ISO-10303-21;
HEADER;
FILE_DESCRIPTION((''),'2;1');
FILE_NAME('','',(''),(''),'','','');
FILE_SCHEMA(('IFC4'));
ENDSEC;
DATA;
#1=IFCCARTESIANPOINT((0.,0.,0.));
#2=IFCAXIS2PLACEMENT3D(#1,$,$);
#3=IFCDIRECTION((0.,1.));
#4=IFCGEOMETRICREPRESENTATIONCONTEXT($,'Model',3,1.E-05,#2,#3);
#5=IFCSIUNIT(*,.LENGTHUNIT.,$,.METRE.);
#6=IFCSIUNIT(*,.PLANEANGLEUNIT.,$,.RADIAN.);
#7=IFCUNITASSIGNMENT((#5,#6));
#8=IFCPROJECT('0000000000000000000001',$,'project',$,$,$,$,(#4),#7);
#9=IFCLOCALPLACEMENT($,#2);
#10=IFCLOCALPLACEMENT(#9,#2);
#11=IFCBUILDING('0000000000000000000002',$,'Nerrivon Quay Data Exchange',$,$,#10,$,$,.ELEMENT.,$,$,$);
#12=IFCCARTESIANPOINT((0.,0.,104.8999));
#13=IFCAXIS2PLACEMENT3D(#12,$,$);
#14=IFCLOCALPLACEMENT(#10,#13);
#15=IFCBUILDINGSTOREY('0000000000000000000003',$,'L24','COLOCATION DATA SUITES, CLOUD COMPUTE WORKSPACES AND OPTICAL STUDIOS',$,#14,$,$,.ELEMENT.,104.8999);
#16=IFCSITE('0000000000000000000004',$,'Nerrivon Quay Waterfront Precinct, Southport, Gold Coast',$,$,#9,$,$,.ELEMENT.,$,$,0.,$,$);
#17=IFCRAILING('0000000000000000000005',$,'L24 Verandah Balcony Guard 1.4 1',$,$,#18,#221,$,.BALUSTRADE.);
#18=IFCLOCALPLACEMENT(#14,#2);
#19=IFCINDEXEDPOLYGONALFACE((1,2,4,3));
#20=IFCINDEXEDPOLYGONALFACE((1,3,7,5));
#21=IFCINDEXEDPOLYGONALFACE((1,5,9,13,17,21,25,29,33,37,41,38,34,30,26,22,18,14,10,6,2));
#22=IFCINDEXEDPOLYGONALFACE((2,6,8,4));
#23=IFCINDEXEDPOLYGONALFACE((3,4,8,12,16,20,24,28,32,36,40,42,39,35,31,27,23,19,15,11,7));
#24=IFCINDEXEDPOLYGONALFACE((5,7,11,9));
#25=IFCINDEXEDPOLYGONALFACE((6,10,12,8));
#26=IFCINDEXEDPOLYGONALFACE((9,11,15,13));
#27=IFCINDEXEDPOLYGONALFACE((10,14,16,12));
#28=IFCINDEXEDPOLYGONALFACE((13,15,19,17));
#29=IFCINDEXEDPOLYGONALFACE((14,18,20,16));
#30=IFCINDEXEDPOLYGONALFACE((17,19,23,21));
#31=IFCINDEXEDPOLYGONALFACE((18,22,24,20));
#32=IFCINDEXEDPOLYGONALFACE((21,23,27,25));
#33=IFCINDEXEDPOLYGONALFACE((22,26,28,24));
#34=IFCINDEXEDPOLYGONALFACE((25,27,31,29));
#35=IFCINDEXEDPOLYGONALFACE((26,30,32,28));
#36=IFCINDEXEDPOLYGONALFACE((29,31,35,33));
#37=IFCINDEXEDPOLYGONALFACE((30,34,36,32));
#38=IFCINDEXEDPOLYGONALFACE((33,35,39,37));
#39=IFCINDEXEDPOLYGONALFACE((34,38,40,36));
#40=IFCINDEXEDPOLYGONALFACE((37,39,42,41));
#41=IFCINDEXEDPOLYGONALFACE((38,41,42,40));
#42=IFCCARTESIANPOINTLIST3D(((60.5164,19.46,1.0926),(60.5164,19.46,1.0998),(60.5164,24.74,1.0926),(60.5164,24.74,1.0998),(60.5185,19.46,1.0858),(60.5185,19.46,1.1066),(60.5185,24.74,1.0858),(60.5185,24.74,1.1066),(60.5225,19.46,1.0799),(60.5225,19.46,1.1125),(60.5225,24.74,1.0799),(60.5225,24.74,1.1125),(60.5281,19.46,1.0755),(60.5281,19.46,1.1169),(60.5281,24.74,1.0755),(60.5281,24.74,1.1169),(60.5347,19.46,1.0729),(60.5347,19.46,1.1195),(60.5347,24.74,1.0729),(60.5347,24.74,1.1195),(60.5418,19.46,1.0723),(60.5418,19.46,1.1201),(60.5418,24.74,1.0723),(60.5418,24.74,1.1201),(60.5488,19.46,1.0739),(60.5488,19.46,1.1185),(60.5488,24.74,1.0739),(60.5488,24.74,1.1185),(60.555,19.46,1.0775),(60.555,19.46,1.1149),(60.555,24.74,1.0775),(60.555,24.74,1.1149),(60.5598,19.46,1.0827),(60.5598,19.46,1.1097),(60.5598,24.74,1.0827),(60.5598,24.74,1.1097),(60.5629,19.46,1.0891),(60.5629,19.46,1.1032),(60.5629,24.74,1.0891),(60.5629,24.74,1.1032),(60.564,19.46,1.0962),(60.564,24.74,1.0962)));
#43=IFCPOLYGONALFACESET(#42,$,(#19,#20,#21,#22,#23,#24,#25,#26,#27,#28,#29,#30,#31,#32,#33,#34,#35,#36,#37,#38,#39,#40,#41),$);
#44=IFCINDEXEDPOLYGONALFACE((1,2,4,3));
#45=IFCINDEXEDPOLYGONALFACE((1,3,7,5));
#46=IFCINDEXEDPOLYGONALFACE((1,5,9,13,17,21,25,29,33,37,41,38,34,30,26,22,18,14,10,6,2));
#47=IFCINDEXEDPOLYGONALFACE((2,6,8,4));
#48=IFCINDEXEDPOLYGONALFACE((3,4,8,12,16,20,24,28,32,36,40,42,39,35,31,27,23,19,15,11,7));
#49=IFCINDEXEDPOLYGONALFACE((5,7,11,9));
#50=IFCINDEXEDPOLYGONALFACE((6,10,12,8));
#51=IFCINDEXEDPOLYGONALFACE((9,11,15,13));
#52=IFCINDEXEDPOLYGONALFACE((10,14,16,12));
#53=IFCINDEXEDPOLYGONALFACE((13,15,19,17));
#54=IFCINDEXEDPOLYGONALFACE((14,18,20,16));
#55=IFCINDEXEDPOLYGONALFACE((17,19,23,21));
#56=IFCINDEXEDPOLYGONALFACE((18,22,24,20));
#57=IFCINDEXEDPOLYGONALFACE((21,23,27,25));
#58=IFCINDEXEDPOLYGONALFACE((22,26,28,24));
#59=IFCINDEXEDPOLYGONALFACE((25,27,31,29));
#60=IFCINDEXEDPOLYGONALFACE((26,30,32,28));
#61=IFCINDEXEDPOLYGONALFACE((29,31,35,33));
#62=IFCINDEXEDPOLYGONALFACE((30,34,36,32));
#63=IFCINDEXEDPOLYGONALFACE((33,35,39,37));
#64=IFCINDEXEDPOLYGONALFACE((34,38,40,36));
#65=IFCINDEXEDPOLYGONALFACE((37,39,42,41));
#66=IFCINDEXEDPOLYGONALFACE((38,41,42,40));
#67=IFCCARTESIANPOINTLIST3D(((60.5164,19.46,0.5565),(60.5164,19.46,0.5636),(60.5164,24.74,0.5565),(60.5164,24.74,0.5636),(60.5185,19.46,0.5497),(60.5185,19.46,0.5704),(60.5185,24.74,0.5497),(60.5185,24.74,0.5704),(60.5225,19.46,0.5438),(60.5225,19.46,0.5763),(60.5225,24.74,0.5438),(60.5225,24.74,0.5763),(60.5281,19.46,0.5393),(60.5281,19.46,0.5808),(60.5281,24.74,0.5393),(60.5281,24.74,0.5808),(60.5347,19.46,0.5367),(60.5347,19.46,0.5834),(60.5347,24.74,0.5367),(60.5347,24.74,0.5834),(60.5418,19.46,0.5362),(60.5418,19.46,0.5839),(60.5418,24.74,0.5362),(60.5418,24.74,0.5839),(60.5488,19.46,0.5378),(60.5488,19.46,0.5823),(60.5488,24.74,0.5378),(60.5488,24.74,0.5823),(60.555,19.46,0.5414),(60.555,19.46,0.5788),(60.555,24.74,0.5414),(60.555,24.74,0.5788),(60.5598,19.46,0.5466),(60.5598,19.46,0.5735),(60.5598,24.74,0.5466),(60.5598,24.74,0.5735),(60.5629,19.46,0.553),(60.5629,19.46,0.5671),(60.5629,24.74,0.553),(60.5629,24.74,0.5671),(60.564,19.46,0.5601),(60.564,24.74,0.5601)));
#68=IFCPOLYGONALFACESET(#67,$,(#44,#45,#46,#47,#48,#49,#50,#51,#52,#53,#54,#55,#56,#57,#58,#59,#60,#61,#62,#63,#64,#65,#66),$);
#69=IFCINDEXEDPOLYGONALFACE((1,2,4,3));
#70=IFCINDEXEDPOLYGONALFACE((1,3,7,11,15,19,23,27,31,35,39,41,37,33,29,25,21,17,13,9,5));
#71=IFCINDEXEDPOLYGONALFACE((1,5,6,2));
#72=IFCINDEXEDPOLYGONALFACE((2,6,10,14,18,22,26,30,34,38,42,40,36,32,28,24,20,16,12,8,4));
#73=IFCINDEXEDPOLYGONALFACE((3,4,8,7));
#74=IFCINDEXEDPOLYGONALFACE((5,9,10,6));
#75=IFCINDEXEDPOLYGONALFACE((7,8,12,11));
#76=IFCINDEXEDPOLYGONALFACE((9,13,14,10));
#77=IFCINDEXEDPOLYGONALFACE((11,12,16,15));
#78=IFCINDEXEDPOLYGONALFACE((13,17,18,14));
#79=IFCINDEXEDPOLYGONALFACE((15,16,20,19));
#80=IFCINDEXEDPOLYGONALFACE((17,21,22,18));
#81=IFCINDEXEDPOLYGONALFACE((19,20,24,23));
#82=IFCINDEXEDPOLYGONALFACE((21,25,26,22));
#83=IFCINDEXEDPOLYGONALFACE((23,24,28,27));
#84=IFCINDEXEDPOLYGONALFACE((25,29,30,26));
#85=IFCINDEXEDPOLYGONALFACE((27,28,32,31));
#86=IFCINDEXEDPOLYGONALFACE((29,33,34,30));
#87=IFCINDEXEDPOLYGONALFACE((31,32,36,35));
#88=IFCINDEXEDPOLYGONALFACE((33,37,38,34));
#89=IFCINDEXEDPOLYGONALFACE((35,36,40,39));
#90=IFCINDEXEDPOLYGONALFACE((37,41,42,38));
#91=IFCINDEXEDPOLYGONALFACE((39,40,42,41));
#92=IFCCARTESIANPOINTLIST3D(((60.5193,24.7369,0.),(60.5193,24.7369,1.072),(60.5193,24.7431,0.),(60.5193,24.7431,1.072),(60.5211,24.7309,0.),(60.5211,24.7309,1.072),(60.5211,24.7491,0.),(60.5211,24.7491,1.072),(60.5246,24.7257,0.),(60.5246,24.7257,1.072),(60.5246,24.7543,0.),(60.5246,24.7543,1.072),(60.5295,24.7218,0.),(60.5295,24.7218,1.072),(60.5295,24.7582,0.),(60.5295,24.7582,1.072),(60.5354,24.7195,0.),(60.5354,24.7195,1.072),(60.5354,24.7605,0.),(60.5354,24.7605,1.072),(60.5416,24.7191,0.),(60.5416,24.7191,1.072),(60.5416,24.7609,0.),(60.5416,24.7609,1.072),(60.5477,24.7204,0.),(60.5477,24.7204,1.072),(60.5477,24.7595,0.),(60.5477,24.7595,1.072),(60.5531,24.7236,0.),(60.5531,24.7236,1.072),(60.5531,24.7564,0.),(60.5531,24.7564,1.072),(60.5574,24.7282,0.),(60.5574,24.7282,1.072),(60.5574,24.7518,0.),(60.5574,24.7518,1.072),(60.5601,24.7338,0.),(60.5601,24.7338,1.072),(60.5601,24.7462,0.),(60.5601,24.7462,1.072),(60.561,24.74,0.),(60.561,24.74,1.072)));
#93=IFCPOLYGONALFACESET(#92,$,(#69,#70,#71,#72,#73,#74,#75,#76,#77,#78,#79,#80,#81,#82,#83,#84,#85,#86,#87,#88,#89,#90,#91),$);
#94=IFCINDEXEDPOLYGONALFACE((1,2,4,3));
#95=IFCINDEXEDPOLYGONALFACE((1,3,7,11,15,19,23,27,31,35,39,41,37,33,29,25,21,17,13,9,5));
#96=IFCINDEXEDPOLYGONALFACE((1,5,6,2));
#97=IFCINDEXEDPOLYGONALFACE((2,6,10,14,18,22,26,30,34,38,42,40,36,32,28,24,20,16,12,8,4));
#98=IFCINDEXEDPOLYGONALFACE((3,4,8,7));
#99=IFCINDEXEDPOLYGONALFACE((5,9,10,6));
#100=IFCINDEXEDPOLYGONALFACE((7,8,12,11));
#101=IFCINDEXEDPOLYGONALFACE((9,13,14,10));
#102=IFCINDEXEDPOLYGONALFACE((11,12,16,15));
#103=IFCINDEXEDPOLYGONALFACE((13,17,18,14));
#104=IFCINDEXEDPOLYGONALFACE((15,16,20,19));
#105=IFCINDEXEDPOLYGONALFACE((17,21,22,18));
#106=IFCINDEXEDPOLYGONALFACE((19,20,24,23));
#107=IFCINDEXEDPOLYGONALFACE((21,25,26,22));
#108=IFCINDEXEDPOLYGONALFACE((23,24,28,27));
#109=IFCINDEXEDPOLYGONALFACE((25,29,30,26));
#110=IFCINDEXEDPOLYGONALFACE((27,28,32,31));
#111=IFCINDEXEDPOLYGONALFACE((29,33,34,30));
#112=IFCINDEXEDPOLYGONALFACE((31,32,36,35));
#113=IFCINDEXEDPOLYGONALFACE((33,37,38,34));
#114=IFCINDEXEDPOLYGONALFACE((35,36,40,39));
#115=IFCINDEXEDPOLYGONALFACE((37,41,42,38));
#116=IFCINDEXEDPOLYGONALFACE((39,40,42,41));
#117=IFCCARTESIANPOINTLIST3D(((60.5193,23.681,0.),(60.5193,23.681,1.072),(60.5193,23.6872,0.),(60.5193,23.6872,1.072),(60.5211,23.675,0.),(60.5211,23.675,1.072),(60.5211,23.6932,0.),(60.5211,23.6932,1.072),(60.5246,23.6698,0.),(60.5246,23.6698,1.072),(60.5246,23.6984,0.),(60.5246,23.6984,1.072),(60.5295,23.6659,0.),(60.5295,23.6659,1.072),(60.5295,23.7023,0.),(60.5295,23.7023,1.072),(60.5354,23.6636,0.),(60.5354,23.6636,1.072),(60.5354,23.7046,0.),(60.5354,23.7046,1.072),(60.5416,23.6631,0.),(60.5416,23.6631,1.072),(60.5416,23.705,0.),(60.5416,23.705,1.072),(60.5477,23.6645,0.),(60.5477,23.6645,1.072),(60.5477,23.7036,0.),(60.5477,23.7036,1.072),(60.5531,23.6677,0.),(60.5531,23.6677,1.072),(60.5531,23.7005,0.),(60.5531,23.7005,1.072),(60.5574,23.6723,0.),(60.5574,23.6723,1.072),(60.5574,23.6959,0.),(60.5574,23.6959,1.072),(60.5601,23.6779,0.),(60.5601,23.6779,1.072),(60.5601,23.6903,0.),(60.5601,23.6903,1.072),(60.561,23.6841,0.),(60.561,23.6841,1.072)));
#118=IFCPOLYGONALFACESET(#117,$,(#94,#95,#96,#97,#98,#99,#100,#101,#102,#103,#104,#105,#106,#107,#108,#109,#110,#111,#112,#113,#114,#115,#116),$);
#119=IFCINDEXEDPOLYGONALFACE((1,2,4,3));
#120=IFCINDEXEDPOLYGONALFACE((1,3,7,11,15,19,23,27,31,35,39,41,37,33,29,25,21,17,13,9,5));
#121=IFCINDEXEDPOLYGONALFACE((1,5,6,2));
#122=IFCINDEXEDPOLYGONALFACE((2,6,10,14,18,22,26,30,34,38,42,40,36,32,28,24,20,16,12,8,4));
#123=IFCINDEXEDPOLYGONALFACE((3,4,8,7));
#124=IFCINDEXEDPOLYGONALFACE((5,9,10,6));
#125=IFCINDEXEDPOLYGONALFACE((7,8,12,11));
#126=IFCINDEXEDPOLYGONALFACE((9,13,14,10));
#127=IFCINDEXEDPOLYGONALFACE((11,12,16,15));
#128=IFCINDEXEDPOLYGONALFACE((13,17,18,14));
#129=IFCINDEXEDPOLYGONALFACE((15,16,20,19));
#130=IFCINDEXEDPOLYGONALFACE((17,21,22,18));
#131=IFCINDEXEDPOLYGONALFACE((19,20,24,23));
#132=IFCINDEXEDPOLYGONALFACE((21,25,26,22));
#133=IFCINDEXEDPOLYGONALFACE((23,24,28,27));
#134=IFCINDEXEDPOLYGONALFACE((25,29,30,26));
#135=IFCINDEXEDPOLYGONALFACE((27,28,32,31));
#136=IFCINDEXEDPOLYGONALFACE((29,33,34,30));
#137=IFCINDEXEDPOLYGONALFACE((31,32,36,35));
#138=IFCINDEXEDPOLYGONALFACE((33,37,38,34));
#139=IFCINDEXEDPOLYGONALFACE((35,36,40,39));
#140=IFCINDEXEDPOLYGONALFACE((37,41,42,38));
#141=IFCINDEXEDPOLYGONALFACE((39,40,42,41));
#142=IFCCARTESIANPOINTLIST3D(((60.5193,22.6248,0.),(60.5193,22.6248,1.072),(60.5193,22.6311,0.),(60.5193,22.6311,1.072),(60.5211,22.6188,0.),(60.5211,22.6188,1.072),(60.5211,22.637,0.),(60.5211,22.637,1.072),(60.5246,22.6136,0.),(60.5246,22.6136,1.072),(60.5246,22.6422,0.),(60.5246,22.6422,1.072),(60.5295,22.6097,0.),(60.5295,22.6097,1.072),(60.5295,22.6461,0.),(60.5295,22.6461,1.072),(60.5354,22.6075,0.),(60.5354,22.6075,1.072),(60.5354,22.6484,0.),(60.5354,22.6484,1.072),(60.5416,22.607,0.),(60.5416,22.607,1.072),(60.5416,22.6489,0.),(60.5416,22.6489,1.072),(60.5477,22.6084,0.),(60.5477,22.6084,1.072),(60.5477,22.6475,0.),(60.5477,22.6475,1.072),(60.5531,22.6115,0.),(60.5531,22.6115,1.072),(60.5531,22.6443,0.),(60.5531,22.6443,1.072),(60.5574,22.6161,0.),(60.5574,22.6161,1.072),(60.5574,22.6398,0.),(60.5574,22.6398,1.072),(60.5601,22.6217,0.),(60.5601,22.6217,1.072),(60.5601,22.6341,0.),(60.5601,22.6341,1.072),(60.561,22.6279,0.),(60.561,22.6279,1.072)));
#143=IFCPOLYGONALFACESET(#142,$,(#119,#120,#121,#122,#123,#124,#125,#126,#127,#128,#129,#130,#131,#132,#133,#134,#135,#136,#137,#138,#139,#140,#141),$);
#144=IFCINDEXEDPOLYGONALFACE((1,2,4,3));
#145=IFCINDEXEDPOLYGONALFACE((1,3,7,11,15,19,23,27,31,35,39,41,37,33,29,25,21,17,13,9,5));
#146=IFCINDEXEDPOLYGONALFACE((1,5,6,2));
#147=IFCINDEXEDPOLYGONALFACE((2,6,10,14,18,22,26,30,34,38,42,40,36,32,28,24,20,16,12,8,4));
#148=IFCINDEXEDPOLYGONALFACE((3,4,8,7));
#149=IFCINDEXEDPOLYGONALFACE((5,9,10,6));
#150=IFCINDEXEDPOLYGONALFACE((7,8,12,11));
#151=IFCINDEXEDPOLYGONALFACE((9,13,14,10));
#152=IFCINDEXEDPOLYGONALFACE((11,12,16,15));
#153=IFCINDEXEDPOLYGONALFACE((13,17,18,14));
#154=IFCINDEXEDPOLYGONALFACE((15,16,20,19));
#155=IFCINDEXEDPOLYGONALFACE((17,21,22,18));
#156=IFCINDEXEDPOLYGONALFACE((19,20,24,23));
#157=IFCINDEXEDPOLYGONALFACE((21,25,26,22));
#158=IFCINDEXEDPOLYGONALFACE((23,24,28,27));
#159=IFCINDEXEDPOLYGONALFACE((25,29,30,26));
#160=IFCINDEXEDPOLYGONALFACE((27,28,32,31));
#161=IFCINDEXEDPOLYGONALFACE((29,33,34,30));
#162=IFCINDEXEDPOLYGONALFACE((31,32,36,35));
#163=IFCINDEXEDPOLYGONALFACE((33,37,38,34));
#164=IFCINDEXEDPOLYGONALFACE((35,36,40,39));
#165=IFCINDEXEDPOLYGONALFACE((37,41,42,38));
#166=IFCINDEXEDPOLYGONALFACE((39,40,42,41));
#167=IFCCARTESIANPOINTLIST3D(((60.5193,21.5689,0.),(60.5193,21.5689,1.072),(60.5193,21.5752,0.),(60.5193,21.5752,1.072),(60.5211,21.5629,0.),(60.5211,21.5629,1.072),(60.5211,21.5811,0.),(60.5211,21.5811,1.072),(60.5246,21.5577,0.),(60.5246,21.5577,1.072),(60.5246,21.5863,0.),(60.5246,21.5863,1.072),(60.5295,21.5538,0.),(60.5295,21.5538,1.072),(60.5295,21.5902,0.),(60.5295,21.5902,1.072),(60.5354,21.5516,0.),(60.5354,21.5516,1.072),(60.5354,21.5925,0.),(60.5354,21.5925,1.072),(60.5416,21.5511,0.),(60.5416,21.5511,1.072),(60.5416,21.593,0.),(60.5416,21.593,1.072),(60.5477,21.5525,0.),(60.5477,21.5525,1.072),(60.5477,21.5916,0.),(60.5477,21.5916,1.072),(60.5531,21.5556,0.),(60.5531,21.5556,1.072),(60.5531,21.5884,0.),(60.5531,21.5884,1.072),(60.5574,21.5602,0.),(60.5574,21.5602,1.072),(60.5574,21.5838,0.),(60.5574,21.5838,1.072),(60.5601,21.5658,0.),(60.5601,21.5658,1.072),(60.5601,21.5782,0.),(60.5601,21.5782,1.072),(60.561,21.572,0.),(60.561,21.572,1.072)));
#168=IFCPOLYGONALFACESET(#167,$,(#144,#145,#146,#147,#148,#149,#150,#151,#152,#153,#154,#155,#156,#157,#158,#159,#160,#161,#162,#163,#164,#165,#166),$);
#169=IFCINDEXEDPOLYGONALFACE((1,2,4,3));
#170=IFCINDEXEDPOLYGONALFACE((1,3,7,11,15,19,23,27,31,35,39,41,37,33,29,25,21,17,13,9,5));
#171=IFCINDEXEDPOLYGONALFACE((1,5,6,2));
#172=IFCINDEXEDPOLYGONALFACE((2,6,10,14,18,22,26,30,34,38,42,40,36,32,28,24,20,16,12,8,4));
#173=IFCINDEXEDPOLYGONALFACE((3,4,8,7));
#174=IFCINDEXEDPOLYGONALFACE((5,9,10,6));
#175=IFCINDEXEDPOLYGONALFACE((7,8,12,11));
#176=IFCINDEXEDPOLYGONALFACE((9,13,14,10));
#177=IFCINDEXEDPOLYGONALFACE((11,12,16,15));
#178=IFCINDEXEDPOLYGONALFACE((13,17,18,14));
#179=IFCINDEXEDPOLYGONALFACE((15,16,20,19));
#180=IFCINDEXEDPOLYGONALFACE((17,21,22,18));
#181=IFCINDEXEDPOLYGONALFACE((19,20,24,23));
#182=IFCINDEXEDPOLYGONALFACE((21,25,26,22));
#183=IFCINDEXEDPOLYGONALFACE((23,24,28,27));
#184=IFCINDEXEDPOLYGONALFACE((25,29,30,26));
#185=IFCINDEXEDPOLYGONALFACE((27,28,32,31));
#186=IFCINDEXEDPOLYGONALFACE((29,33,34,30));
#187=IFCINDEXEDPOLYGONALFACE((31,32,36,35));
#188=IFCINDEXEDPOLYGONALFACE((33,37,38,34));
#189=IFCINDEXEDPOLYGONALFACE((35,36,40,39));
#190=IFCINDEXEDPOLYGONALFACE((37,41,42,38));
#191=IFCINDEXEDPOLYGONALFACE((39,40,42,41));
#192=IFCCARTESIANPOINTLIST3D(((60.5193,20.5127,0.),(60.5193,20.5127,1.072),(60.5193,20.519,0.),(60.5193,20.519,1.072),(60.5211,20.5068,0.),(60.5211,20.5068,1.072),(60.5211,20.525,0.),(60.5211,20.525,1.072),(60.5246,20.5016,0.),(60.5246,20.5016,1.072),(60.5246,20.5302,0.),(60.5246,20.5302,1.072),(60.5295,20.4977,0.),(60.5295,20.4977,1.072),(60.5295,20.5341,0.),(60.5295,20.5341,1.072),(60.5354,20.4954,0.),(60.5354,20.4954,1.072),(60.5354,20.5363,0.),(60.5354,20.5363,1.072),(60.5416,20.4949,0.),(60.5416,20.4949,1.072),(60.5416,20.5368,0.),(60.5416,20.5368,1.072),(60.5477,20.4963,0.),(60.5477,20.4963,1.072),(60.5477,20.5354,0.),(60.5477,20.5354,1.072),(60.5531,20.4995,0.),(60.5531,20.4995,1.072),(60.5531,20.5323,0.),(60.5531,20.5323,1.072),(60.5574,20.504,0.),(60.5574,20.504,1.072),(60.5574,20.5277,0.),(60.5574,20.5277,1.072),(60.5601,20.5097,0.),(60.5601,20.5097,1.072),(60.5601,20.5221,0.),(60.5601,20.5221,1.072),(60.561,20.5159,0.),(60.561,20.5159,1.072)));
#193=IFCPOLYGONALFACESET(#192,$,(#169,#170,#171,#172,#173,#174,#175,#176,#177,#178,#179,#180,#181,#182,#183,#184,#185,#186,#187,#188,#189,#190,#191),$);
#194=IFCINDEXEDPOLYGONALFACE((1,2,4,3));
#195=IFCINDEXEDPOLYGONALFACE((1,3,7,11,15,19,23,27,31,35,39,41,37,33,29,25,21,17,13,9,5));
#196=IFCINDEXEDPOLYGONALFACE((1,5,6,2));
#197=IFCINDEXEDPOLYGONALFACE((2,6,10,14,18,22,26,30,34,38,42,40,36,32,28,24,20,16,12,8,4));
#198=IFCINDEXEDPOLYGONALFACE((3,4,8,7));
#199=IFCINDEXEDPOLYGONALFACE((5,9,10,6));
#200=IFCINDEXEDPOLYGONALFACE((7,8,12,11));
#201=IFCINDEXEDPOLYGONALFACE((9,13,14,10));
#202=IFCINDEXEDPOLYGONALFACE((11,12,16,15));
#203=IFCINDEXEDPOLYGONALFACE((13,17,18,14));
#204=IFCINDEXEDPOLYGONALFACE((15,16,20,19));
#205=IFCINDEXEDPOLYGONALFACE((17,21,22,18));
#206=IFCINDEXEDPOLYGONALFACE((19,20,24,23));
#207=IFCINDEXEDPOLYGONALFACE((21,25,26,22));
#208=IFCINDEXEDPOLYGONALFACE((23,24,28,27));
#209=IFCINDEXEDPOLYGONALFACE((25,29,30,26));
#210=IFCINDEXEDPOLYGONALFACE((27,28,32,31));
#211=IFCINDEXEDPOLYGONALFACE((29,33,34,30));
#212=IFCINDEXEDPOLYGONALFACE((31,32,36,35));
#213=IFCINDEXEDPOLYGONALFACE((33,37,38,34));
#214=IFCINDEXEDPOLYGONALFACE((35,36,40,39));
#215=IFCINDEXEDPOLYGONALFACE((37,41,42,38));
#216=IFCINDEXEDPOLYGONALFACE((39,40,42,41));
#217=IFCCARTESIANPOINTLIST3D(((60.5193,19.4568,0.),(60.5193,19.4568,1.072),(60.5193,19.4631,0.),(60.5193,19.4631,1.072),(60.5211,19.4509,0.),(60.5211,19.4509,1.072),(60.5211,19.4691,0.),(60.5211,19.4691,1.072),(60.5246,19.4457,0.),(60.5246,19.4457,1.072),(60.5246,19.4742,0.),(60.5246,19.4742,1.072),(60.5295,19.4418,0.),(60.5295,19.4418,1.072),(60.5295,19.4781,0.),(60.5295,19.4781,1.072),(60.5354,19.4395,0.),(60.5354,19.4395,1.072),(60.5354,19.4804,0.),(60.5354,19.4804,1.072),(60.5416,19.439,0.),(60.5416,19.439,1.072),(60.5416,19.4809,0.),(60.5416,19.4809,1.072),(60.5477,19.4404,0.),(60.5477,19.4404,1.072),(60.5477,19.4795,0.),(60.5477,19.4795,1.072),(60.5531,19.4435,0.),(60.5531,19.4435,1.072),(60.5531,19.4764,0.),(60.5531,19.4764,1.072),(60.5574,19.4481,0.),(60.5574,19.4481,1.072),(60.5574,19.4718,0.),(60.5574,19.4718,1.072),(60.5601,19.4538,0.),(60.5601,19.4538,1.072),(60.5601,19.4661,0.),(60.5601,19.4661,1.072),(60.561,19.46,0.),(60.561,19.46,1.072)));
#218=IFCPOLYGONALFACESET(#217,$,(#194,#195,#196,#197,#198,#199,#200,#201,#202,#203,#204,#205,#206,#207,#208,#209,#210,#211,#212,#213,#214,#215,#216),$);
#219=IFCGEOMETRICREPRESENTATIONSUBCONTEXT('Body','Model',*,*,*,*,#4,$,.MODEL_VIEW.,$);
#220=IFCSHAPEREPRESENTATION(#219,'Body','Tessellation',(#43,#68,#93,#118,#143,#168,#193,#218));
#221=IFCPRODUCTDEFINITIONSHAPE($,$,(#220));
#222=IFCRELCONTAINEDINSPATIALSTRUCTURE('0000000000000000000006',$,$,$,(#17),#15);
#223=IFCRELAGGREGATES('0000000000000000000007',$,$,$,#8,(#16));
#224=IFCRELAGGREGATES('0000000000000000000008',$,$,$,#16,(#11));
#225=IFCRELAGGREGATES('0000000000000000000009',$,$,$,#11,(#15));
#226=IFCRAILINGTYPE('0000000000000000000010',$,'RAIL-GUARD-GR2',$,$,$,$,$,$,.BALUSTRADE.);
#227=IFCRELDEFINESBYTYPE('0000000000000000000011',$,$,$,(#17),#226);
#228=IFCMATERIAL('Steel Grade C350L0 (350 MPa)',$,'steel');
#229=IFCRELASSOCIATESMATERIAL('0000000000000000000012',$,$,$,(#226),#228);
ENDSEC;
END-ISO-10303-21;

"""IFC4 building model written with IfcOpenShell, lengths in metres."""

from ifc_helpers import new_model, si_unit, direction, frame, origin, origin_2d, place, context, subcontext, project, spatial, circle, extrude, material, type_object, element, save


model = new_model("IFC4")

# Units and contexts
model_context = context("Model", 3, precision=1e-05, world=origin(), true_north=direction((0.0, 1.0)))
body_context = subcontext(model_context, "Body", "Model", "MODEL_VIEW")
ifc_project = project(units=[si_unit("LENGTHUNIT", "METRE"), si_unit("PLANEANGLEUNIT", "RADIAN")], contexts=[model_context])

# Site, building, storey
site_placement = place(None, origin())
site = spatial("IfcSite", under=ifc_project, at=site_placement, Name="Nerrivon Quay Waterfront Precinct, Southport, Gold Coast", CompositionType="ELEMENT", RefElevation=0.0)
building_placement = place(site_placement, origin())
building = spatial("IfcBuilding", under=site, at=building_placement, Name="Nerrivon Quay Data Exchange", CompositionType="ELEMENT")
storey_placement = place(building_placement, frame((0.0, 0.0, 104.8999)))
storey = spatial("IfcBuildingStorey", under=building, at=storey_placement, Name="L24", Description="COLOCATION DATA SUITES, CLOUD COMPUTE WORKSPACES AND OPTICAL STUDIOS", CompositionType="ELEMENT", Elevation=104.8999)

# Railing
ifc_material_1 = material(Name="Steel Grade C350L0 (350 MPa)", Category="steel")
railing_type = type_object("IfcRailingType", Name="RAIL-GUARD-GR2", PredefinedType="BALUSTRADE", material=ifc_material_1)
railing_1_placement = place(storey_placement, frame((60.54, 24.74, 0.0)))
element("IfcRailing", 1, at=railing_1_placement, inside=storey, type_object=railing_type, Name="L24 Verandah Balcony Guard 1.4 1", PredefinedType="BALUSTRADE", context=body_context, shape_type="SweptSolid", body=[
    extrude(circle(Radius=0.0239, at=origin_2d()), frame((0.0, 0.0, 1.0962), z_axis=(0.0, -1.0, 0.0), x_axis=(1.0, 0.0, 0.0)), (0.0, 0.0, 1.0), 5.28),
    extrude(circle(Radius=0.0239, at=origin_2d()), frame((0.0, 0.0, 0.5601), z_axis=(0.0, -1.0, 0.0), x_axis=(1.0, 0.0, 0.0)), (0.0, 0.0, 1.0), 5.28),
    extrude(circle(Radius=0.021, at=origin_2d()), origin(), (0.0, 0.0, 1.0), 1.072),
    extrude(circle(Radius=0.021, at=origin_2d()), frame((0.0, -1.0559, 0.0)), (0.0, 0.0, 1.0), 1.072),
    extrude(circle(Radius=0.021, at=origin_2d()), frame((0.0, -2.1121, 0.0)), (0.0, 0.0, 1.0), 1.072),
    extrude(circle(Radius=0.021, at=origin_2d()), frame((0.0, -3.168, 0.0)), (0.0, 0.0, 1.0), 1.072),
    extrude(circle(Radius=0.021, at=origin_2d()), frame((0.0, -4.2241, 0.0)), (0.0, 0.0, 1.0), 1.072),
    extrude(circle(Radius=0.021, at=origin_2d()), frame((0.0, -5.28, 0.0)), (0.0, 0.0, 1.0), 1.072),
])

save(model, "model.ifc")
